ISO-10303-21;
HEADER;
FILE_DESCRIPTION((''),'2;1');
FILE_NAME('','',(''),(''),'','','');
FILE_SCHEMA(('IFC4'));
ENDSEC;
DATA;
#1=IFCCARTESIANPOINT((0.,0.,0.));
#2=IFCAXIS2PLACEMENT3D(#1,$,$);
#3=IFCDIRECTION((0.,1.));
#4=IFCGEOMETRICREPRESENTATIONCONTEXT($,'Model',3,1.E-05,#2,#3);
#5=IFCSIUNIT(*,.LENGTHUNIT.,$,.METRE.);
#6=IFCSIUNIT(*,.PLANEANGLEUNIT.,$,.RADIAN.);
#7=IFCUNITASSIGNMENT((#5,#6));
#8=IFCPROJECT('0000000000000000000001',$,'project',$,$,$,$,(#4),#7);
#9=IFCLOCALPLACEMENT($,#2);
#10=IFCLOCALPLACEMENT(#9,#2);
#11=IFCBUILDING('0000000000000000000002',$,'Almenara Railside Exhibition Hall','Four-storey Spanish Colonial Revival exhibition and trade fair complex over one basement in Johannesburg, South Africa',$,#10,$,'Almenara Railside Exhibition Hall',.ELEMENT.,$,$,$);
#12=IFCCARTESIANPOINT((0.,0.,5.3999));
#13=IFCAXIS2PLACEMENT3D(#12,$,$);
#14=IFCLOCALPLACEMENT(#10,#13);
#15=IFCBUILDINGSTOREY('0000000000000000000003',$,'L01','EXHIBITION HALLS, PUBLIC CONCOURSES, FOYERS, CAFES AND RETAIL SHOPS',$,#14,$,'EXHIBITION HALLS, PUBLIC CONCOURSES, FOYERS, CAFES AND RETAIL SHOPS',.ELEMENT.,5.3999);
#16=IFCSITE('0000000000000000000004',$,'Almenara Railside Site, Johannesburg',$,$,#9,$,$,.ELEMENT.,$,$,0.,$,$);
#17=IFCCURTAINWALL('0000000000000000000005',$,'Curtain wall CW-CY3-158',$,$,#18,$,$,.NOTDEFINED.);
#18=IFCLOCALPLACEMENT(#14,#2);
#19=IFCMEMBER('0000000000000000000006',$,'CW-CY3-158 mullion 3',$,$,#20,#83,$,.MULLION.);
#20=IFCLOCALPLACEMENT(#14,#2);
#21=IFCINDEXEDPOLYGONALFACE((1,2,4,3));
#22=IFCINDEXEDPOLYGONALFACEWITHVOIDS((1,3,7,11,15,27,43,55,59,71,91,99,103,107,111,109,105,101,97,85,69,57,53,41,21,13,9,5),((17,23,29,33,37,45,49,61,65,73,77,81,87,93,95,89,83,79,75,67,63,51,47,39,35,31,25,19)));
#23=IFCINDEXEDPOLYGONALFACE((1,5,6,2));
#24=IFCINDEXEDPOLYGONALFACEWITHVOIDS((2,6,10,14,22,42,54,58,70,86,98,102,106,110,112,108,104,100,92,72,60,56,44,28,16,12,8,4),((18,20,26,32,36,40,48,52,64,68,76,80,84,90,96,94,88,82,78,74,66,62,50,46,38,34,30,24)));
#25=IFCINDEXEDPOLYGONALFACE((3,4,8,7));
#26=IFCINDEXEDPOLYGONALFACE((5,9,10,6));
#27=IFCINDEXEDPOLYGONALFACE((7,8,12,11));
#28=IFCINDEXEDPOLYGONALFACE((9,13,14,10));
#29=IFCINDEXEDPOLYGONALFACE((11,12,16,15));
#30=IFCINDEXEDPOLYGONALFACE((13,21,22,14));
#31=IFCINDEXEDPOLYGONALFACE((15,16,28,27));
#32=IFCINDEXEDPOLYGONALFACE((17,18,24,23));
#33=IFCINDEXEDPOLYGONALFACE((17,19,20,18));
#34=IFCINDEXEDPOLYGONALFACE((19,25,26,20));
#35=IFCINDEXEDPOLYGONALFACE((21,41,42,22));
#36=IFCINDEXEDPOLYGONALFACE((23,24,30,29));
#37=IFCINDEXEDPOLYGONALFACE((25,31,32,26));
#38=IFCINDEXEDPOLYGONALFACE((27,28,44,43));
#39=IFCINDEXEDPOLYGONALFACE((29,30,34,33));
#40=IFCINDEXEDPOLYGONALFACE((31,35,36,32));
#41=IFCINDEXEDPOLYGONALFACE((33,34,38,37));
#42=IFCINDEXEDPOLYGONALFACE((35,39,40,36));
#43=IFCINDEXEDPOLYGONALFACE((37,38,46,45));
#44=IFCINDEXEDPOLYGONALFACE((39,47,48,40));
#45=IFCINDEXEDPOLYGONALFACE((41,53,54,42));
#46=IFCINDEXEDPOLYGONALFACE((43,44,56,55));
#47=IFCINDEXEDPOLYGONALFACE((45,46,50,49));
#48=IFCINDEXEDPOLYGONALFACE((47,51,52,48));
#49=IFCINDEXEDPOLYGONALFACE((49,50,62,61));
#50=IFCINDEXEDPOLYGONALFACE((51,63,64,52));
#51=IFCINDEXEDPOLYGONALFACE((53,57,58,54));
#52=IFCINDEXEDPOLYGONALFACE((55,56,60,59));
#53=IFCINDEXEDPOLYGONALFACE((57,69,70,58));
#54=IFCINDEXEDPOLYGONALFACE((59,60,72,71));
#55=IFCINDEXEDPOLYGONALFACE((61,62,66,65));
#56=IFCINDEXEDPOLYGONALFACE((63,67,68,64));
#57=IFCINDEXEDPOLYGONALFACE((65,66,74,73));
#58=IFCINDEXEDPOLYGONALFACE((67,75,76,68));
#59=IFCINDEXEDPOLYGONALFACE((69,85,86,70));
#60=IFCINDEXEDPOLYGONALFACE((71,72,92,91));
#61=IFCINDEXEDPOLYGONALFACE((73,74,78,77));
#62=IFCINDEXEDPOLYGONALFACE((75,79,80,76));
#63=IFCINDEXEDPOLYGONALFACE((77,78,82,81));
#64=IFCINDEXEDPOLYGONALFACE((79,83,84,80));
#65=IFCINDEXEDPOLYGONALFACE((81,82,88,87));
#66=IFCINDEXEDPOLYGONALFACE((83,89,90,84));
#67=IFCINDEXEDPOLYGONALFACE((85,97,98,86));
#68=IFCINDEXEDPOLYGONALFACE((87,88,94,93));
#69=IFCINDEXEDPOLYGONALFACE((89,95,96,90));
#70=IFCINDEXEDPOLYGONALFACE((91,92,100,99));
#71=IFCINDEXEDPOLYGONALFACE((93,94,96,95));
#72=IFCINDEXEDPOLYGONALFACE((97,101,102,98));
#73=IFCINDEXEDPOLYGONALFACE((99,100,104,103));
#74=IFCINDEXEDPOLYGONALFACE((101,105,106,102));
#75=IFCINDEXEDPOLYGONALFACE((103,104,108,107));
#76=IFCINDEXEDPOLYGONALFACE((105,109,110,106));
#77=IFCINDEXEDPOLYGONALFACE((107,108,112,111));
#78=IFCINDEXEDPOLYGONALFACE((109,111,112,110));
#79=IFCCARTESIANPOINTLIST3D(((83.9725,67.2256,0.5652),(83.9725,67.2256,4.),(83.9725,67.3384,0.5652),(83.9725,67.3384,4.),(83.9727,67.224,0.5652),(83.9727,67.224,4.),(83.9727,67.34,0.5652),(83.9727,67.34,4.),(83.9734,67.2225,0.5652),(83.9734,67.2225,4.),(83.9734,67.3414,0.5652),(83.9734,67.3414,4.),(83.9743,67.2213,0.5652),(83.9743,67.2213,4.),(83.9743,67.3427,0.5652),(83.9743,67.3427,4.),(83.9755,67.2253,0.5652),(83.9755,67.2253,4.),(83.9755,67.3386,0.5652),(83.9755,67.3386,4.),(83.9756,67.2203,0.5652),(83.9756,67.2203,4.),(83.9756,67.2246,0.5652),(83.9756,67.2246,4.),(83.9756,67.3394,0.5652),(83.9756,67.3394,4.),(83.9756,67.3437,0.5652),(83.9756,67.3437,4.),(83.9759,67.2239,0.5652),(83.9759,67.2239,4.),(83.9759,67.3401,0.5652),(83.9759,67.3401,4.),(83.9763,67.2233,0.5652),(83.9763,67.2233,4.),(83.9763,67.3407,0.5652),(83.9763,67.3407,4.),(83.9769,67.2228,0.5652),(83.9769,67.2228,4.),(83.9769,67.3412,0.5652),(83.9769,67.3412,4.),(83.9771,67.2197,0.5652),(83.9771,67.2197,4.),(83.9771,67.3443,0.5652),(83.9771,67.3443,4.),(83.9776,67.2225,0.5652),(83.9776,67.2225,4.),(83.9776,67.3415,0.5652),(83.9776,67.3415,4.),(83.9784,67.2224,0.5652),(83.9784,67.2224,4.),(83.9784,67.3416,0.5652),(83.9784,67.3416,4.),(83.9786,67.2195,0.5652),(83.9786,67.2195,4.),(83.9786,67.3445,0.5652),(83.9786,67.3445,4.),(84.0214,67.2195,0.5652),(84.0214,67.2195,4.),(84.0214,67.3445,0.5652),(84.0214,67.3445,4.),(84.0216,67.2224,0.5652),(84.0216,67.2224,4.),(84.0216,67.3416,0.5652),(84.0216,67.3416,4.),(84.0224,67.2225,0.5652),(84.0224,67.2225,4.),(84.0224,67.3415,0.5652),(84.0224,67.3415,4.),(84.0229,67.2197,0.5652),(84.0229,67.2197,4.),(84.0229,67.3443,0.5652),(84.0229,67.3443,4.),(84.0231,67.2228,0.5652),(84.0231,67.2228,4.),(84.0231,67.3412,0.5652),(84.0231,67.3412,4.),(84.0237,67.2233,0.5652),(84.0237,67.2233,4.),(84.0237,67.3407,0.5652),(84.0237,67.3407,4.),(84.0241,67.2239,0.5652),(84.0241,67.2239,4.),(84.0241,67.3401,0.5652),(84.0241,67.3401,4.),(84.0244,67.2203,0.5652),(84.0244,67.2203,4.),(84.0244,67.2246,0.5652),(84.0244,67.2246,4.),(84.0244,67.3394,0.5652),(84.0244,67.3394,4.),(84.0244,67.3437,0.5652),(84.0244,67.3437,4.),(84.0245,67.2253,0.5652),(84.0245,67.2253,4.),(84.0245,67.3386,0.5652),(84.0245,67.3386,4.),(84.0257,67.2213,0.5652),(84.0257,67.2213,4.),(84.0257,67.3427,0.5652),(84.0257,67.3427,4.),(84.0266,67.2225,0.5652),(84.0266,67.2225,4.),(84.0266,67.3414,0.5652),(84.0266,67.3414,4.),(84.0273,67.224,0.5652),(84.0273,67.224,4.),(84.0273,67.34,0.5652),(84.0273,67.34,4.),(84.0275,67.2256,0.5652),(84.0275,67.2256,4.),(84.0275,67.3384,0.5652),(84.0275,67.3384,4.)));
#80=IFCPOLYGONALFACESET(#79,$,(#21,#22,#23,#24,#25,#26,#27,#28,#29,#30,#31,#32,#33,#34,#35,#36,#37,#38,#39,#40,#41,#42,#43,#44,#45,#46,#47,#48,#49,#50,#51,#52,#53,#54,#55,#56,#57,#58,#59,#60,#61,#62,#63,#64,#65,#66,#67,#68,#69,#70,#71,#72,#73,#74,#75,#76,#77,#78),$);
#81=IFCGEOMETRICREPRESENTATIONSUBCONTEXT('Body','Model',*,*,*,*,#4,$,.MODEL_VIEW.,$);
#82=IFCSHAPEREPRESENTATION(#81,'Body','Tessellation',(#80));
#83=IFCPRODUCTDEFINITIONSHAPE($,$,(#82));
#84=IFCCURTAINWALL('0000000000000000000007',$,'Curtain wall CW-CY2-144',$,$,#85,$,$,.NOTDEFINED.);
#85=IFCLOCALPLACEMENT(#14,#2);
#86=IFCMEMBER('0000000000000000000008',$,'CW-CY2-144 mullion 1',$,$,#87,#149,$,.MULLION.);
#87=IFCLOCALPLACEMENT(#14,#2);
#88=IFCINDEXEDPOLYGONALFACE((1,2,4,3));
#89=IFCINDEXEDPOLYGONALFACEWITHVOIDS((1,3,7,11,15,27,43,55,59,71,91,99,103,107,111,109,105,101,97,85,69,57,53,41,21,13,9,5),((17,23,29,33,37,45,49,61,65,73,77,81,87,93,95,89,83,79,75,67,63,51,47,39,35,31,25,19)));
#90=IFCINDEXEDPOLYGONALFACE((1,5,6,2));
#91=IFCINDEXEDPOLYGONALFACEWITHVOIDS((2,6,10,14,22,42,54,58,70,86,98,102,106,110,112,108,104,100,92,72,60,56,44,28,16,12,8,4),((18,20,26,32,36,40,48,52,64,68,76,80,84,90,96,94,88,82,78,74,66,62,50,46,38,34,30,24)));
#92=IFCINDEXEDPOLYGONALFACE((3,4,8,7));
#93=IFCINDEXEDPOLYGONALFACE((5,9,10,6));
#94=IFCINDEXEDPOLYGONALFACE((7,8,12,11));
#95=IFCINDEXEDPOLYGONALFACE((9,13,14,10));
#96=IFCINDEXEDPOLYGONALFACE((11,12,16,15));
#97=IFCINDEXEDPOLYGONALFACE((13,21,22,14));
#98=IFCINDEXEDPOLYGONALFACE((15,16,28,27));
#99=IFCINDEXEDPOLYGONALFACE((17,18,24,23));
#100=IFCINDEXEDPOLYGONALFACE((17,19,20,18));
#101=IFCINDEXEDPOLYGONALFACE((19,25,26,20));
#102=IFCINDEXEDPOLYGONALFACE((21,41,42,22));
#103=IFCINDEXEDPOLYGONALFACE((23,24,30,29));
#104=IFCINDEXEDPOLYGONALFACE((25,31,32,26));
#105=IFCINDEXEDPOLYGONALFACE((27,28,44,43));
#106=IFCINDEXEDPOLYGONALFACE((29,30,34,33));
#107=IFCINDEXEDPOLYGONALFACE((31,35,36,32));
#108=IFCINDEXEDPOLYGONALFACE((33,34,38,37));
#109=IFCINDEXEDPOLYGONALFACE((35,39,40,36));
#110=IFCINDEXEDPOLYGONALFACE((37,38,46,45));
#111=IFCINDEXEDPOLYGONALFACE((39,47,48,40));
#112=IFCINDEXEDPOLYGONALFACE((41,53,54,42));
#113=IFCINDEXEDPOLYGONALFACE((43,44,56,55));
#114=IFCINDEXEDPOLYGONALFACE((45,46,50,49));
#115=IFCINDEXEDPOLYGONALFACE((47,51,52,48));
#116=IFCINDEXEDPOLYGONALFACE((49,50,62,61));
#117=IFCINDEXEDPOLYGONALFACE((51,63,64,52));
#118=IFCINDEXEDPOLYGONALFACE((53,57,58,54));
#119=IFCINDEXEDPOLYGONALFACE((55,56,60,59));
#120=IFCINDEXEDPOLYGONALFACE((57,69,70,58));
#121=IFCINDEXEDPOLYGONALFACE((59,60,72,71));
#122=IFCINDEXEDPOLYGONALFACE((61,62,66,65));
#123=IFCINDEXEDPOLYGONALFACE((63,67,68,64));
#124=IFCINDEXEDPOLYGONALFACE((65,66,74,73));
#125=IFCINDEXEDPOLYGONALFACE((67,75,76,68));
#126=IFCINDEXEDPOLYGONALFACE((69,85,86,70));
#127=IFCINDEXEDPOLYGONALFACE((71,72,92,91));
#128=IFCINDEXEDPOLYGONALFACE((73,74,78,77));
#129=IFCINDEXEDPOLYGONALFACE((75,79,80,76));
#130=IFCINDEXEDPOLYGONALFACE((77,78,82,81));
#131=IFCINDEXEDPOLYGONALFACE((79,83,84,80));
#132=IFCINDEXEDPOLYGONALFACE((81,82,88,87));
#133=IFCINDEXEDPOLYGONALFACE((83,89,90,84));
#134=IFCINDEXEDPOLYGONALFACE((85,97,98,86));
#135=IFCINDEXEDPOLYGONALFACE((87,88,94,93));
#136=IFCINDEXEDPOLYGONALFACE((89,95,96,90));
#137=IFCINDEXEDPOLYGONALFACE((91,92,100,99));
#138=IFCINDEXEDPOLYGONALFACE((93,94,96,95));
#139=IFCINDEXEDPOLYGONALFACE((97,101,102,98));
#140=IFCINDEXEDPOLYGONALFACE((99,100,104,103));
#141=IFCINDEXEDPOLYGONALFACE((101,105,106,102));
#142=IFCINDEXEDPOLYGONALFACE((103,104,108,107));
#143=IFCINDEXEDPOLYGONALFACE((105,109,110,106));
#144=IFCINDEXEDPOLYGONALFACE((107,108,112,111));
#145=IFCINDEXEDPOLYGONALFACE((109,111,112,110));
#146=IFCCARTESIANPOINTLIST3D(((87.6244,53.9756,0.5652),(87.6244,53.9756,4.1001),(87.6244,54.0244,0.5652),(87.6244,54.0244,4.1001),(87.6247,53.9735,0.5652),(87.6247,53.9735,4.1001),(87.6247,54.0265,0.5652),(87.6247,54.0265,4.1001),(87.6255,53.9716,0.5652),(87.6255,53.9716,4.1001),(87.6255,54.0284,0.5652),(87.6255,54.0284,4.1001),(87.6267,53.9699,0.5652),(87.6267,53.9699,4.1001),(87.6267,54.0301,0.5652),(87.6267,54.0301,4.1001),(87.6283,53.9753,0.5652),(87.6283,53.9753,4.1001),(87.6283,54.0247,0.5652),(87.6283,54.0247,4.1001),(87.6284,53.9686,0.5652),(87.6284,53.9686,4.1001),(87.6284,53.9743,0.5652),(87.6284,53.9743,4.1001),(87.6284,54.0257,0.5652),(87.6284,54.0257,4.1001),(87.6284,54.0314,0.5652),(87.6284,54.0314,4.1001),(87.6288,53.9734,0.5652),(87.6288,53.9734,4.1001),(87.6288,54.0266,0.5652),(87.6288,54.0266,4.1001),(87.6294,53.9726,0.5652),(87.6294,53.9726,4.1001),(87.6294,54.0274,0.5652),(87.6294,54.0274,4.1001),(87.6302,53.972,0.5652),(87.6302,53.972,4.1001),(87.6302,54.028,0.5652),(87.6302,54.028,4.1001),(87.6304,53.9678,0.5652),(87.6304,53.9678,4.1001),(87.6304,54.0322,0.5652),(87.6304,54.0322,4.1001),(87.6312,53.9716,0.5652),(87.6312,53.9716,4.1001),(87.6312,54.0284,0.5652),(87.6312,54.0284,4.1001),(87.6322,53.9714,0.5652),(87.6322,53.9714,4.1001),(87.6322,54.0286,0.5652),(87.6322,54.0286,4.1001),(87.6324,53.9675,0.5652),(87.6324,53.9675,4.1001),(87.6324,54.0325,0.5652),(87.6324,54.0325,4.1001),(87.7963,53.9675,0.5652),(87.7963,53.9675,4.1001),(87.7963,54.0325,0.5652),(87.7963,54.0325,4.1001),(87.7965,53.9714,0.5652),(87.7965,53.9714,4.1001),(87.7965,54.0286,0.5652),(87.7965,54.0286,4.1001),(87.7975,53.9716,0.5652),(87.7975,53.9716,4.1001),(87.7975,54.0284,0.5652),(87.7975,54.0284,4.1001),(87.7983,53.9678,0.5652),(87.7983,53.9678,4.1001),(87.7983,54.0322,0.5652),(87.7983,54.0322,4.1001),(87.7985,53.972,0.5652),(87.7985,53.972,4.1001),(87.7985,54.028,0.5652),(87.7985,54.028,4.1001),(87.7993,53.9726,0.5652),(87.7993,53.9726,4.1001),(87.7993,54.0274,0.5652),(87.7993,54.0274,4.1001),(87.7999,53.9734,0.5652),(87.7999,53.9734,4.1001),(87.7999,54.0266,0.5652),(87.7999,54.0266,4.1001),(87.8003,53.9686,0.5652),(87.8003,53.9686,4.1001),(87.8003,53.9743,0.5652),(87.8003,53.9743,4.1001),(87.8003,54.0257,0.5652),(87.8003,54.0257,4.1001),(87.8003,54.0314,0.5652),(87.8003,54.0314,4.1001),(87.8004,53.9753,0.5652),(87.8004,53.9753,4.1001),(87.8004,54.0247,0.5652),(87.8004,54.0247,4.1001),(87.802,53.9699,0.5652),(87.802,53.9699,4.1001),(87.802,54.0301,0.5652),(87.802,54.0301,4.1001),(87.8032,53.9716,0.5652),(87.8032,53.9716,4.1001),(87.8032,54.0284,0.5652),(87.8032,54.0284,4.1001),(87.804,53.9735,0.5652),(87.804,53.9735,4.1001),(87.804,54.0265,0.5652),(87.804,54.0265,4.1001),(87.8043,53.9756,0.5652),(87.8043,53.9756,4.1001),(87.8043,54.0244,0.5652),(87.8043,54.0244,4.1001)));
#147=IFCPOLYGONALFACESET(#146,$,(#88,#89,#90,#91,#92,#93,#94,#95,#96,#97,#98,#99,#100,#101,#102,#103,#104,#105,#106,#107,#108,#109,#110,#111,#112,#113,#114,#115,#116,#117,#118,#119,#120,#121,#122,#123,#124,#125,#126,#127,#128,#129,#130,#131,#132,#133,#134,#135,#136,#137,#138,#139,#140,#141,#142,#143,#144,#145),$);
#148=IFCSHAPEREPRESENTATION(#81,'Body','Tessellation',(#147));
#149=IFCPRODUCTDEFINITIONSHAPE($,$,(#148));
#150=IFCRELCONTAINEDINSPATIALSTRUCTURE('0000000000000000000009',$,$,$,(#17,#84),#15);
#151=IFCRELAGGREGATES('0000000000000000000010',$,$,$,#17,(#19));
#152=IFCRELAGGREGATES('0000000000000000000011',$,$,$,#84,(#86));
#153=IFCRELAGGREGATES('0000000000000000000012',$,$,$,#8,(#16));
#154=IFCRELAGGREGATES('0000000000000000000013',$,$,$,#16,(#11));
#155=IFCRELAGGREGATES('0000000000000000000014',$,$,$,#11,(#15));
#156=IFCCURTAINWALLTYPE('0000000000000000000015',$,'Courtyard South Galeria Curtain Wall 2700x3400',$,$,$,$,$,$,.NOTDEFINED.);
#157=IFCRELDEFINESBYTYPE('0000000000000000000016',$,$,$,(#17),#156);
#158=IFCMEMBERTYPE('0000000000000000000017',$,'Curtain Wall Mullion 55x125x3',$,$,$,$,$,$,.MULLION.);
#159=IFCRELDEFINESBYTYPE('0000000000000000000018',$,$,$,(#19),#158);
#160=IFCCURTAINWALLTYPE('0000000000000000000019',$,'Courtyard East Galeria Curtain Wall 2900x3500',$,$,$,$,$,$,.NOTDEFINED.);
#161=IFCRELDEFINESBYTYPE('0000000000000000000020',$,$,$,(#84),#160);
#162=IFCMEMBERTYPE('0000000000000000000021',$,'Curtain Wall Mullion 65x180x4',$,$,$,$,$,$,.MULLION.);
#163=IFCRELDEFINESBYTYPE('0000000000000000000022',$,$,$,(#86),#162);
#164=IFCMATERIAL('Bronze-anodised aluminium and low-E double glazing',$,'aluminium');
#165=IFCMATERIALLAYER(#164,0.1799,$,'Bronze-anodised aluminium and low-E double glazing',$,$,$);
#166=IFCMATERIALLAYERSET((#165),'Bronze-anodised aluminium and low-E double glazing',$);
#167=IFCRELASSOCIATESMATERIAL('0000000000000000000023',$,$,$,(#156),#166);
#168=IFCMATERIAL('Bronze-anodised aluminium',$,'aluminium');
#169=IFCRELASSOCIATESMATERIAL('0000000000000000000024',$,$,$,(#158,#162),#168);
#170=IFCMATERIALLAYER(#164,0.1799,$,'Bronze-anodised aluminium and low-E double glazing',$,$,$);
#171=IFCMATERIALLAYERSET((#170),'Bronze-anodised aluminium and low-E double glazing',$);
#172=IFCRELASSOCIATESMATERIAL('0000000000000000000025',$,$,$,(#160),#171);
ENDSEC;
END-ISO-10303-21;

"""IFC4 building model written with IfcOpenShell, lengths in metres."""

from ifc_helpers import new_model, si_unit, direction, frame, origin, origin_2d, place, context, subcontext, project, spatial, hollow_rectangle, extrude, material, layer, layer_set, material_profile, profile_set, type_object, element, aggregate, save


model = new_model("IFC4")

# Units and contexts
model_context = context("Model", 3, precision=1e-05, world=origin(), true_north=direction((0.0, 1.0)))
body_context = subcontext(model_context, "Body", "Model", "MODEL_VIEW")
ifc_project = project(units=[si_unit("LENGTHUNIT", "METRE"), si_unit("PLANEANGLEUNIT", "RADIAN")], contexts=[model_context])

# Site, building, storey
site_placement = place(None, origin())
site = spatial("IfcSite", under=ifc_project, at=site_placement, Name="Almenara Railside Site, Johannesburg", CompositionType="ELEMENT", RefElevation=0.0)
building_placement = place(site_placement, origin())
building = spatial("IfcBuilding", under=site, at=building_placement, Name="Almenara Railside Exhibition Hall", Description="Four-storey Spanish Colonial Revival exhibition and trade fair complex over one basement in Johannesburg, South Africa", LongName="Almenara Railside Exhibition Hall", CompositionType="ELEMENT")
storey_placement = place(building_placement, frame((0.0, 0.0, 5.3999)))
storey = spatial("IfcBuildingStorey", under=building, at=storey_placement, Name="L01", Description="EXHIBITION HALLS, PUBLIC CONCOURSES, FOYERS, CAFES AND RETAIL SHOPS", LongName="EXHIBITION HALLS, PUBLIC CONCOURSES, FOYERS, CAFES AND RETAIL SHOPS", CompositionType="ELEMENT", Elevation=5.3999)

# Curtain walls, members
ifc_material_1 = material(Name="Bronze-anodised aluminium and low-E double glazing", Category="aluminium")
ifc_layer_1 = layer(ifc_material_1, 0.1799, Name="Bronze-anodised aluminium and low-E double glazing")
ifc_layer_set_1 = layer_set([ifc_layer_1], Name="Bronze-anodised aluminium and low-E double glazing")
curtain_wall_type_1 = type_object("IfcCurtainWallType", Name="Courtyard South Galeria Curtain Wall 2700x3400", PredefinedType="NOTDEFINED", material=ifc_layer_set_1)
curtain_wall_1_placement = place(storey_placement, origin())
curtain_wall_1 = element("IfcCurtainWall", 1, at=curtain_wall_1_placement, inside=storey, type_object=curtain_wall_type_1, Name="Curtain wall CW-CY3-158", PredefinedType="NOTDEFINED")
ifc_material_2 = material(Name="Bronze-anodised aluminium", Category="aluminium")
ifc_material_profile_1 = material_profile(ifc_material_2, hollow_rectangle(XDim=0.0549, YDim=0.125, WallThickness=0.0029, InnerFilletRadius=0.0029, OuterFilletRadius=0.0061, at=origin_2d()), Name="ALU-MUL 55x125x3")
ifc_profile_set_1 = profile_set([ifc_material_profile_1], Name="Bronze-anodised aluminium")
member_type_1 = type_object("IfcMemberType", Name="Curtain Wall Mullion 55x125x3", PredefinedType="MULLION", material=ifc_profile_set_1)
member_1_placement = place(storey_placement, frame((84.0, 67.282, 0.5652), z_axis=(0.0, 0.0, 1.0), x_axis=(1.0, 0.0, 0.0)))
member_1 = element("IfcMember", 2, at=member_1_placement, type_object=member_type_1, Name="CW-CY3-158 mullion 3", PredefinedType="MULLION", context=body_context, shape_type="SweptSolid", body=[
    extrude(hollow_rectangle(XDim=0.0549, YDim=0.125, WallThickness=0.0029, InnerFilletRadius=0.0029, OuterFilletRadius=0.0061, at=origin_2d()), origin(), (0.0, 0.0, 1.0), 3.4348),
])
ifc_layer_2 = layer(ifc_material_1, 0.1799, Name="Bronze-anodised aluminium and low-E double glazing")
ifc_layer_set_2 = layer_set([ifc_layer_2], Name="Bronze-anodised aluminium and low-E double glazing")
curtain_wall_type_2 = type_object("IfcCurtainWallType", Name="Courtyard East Galeria Curtain Wall 2900x3500", PredefinedType="NOTDEFINED", material=ifc_layer_set_2)
curtain_wall_2_placement = place(storey_placement, origin())
curtain_wall_2 = element("IfcCurtainWall", 3, at=curtain_wall_2_placement, inside=storey, type_object=curtain_wall_type_2, Name="Curtain wall CW-CY2-144", PredefinedType="NOTDEFINED")
ifc_material_profile_2 = material_profile(ifc_material_2, hollow_rectangle(XDim=0.0649, YDim=0.1799, WallThickness=0.0039, InnerFilletRadius=0.0039, OuterFilletRadius=0.0081, at=origin_2d()), Name="ALU-MUL 65x180x4")
ifc_profile_set_2 = profile_set([ifc_material_profile_2], Name="Bronze-anodised aluminium")
member_type_2 = type_object("IfcMemberType", Name="Curtain Wall Mullion 65x180x4", PredefinedType="MULLION", material=ifc_profile_set_2)
member_2_placement = place(storey_placement, frame((87.7144, 54.0, 0.5652), z_axis=(0.0, 0.0, 1.0), x_axis=(0.0, 1.0, 0.0)))
member_2 = element("IfcMember", 4, at=member_2_placement, type_object=member_type_2, Name="CW-CY2-144 mullion 1", PredefinedType="MULLION", context=body_context, shape_type="SweptSolid", body=[
    extrude(hollow_rectangle(XDim=0.0649, YDim=0.1799, WallThickness=0.0039, InnerFilletRadius=0.0039, OuterFilletRadius=0.0081, at=origin_2d()), origin(), (0.0, 0.0, 1.0), 3.5349),
])

aggregate(curtain_wall_1, [member_1])
aggregate(curtain_wall_2, [member_2])

save(model, "model.ifc")
